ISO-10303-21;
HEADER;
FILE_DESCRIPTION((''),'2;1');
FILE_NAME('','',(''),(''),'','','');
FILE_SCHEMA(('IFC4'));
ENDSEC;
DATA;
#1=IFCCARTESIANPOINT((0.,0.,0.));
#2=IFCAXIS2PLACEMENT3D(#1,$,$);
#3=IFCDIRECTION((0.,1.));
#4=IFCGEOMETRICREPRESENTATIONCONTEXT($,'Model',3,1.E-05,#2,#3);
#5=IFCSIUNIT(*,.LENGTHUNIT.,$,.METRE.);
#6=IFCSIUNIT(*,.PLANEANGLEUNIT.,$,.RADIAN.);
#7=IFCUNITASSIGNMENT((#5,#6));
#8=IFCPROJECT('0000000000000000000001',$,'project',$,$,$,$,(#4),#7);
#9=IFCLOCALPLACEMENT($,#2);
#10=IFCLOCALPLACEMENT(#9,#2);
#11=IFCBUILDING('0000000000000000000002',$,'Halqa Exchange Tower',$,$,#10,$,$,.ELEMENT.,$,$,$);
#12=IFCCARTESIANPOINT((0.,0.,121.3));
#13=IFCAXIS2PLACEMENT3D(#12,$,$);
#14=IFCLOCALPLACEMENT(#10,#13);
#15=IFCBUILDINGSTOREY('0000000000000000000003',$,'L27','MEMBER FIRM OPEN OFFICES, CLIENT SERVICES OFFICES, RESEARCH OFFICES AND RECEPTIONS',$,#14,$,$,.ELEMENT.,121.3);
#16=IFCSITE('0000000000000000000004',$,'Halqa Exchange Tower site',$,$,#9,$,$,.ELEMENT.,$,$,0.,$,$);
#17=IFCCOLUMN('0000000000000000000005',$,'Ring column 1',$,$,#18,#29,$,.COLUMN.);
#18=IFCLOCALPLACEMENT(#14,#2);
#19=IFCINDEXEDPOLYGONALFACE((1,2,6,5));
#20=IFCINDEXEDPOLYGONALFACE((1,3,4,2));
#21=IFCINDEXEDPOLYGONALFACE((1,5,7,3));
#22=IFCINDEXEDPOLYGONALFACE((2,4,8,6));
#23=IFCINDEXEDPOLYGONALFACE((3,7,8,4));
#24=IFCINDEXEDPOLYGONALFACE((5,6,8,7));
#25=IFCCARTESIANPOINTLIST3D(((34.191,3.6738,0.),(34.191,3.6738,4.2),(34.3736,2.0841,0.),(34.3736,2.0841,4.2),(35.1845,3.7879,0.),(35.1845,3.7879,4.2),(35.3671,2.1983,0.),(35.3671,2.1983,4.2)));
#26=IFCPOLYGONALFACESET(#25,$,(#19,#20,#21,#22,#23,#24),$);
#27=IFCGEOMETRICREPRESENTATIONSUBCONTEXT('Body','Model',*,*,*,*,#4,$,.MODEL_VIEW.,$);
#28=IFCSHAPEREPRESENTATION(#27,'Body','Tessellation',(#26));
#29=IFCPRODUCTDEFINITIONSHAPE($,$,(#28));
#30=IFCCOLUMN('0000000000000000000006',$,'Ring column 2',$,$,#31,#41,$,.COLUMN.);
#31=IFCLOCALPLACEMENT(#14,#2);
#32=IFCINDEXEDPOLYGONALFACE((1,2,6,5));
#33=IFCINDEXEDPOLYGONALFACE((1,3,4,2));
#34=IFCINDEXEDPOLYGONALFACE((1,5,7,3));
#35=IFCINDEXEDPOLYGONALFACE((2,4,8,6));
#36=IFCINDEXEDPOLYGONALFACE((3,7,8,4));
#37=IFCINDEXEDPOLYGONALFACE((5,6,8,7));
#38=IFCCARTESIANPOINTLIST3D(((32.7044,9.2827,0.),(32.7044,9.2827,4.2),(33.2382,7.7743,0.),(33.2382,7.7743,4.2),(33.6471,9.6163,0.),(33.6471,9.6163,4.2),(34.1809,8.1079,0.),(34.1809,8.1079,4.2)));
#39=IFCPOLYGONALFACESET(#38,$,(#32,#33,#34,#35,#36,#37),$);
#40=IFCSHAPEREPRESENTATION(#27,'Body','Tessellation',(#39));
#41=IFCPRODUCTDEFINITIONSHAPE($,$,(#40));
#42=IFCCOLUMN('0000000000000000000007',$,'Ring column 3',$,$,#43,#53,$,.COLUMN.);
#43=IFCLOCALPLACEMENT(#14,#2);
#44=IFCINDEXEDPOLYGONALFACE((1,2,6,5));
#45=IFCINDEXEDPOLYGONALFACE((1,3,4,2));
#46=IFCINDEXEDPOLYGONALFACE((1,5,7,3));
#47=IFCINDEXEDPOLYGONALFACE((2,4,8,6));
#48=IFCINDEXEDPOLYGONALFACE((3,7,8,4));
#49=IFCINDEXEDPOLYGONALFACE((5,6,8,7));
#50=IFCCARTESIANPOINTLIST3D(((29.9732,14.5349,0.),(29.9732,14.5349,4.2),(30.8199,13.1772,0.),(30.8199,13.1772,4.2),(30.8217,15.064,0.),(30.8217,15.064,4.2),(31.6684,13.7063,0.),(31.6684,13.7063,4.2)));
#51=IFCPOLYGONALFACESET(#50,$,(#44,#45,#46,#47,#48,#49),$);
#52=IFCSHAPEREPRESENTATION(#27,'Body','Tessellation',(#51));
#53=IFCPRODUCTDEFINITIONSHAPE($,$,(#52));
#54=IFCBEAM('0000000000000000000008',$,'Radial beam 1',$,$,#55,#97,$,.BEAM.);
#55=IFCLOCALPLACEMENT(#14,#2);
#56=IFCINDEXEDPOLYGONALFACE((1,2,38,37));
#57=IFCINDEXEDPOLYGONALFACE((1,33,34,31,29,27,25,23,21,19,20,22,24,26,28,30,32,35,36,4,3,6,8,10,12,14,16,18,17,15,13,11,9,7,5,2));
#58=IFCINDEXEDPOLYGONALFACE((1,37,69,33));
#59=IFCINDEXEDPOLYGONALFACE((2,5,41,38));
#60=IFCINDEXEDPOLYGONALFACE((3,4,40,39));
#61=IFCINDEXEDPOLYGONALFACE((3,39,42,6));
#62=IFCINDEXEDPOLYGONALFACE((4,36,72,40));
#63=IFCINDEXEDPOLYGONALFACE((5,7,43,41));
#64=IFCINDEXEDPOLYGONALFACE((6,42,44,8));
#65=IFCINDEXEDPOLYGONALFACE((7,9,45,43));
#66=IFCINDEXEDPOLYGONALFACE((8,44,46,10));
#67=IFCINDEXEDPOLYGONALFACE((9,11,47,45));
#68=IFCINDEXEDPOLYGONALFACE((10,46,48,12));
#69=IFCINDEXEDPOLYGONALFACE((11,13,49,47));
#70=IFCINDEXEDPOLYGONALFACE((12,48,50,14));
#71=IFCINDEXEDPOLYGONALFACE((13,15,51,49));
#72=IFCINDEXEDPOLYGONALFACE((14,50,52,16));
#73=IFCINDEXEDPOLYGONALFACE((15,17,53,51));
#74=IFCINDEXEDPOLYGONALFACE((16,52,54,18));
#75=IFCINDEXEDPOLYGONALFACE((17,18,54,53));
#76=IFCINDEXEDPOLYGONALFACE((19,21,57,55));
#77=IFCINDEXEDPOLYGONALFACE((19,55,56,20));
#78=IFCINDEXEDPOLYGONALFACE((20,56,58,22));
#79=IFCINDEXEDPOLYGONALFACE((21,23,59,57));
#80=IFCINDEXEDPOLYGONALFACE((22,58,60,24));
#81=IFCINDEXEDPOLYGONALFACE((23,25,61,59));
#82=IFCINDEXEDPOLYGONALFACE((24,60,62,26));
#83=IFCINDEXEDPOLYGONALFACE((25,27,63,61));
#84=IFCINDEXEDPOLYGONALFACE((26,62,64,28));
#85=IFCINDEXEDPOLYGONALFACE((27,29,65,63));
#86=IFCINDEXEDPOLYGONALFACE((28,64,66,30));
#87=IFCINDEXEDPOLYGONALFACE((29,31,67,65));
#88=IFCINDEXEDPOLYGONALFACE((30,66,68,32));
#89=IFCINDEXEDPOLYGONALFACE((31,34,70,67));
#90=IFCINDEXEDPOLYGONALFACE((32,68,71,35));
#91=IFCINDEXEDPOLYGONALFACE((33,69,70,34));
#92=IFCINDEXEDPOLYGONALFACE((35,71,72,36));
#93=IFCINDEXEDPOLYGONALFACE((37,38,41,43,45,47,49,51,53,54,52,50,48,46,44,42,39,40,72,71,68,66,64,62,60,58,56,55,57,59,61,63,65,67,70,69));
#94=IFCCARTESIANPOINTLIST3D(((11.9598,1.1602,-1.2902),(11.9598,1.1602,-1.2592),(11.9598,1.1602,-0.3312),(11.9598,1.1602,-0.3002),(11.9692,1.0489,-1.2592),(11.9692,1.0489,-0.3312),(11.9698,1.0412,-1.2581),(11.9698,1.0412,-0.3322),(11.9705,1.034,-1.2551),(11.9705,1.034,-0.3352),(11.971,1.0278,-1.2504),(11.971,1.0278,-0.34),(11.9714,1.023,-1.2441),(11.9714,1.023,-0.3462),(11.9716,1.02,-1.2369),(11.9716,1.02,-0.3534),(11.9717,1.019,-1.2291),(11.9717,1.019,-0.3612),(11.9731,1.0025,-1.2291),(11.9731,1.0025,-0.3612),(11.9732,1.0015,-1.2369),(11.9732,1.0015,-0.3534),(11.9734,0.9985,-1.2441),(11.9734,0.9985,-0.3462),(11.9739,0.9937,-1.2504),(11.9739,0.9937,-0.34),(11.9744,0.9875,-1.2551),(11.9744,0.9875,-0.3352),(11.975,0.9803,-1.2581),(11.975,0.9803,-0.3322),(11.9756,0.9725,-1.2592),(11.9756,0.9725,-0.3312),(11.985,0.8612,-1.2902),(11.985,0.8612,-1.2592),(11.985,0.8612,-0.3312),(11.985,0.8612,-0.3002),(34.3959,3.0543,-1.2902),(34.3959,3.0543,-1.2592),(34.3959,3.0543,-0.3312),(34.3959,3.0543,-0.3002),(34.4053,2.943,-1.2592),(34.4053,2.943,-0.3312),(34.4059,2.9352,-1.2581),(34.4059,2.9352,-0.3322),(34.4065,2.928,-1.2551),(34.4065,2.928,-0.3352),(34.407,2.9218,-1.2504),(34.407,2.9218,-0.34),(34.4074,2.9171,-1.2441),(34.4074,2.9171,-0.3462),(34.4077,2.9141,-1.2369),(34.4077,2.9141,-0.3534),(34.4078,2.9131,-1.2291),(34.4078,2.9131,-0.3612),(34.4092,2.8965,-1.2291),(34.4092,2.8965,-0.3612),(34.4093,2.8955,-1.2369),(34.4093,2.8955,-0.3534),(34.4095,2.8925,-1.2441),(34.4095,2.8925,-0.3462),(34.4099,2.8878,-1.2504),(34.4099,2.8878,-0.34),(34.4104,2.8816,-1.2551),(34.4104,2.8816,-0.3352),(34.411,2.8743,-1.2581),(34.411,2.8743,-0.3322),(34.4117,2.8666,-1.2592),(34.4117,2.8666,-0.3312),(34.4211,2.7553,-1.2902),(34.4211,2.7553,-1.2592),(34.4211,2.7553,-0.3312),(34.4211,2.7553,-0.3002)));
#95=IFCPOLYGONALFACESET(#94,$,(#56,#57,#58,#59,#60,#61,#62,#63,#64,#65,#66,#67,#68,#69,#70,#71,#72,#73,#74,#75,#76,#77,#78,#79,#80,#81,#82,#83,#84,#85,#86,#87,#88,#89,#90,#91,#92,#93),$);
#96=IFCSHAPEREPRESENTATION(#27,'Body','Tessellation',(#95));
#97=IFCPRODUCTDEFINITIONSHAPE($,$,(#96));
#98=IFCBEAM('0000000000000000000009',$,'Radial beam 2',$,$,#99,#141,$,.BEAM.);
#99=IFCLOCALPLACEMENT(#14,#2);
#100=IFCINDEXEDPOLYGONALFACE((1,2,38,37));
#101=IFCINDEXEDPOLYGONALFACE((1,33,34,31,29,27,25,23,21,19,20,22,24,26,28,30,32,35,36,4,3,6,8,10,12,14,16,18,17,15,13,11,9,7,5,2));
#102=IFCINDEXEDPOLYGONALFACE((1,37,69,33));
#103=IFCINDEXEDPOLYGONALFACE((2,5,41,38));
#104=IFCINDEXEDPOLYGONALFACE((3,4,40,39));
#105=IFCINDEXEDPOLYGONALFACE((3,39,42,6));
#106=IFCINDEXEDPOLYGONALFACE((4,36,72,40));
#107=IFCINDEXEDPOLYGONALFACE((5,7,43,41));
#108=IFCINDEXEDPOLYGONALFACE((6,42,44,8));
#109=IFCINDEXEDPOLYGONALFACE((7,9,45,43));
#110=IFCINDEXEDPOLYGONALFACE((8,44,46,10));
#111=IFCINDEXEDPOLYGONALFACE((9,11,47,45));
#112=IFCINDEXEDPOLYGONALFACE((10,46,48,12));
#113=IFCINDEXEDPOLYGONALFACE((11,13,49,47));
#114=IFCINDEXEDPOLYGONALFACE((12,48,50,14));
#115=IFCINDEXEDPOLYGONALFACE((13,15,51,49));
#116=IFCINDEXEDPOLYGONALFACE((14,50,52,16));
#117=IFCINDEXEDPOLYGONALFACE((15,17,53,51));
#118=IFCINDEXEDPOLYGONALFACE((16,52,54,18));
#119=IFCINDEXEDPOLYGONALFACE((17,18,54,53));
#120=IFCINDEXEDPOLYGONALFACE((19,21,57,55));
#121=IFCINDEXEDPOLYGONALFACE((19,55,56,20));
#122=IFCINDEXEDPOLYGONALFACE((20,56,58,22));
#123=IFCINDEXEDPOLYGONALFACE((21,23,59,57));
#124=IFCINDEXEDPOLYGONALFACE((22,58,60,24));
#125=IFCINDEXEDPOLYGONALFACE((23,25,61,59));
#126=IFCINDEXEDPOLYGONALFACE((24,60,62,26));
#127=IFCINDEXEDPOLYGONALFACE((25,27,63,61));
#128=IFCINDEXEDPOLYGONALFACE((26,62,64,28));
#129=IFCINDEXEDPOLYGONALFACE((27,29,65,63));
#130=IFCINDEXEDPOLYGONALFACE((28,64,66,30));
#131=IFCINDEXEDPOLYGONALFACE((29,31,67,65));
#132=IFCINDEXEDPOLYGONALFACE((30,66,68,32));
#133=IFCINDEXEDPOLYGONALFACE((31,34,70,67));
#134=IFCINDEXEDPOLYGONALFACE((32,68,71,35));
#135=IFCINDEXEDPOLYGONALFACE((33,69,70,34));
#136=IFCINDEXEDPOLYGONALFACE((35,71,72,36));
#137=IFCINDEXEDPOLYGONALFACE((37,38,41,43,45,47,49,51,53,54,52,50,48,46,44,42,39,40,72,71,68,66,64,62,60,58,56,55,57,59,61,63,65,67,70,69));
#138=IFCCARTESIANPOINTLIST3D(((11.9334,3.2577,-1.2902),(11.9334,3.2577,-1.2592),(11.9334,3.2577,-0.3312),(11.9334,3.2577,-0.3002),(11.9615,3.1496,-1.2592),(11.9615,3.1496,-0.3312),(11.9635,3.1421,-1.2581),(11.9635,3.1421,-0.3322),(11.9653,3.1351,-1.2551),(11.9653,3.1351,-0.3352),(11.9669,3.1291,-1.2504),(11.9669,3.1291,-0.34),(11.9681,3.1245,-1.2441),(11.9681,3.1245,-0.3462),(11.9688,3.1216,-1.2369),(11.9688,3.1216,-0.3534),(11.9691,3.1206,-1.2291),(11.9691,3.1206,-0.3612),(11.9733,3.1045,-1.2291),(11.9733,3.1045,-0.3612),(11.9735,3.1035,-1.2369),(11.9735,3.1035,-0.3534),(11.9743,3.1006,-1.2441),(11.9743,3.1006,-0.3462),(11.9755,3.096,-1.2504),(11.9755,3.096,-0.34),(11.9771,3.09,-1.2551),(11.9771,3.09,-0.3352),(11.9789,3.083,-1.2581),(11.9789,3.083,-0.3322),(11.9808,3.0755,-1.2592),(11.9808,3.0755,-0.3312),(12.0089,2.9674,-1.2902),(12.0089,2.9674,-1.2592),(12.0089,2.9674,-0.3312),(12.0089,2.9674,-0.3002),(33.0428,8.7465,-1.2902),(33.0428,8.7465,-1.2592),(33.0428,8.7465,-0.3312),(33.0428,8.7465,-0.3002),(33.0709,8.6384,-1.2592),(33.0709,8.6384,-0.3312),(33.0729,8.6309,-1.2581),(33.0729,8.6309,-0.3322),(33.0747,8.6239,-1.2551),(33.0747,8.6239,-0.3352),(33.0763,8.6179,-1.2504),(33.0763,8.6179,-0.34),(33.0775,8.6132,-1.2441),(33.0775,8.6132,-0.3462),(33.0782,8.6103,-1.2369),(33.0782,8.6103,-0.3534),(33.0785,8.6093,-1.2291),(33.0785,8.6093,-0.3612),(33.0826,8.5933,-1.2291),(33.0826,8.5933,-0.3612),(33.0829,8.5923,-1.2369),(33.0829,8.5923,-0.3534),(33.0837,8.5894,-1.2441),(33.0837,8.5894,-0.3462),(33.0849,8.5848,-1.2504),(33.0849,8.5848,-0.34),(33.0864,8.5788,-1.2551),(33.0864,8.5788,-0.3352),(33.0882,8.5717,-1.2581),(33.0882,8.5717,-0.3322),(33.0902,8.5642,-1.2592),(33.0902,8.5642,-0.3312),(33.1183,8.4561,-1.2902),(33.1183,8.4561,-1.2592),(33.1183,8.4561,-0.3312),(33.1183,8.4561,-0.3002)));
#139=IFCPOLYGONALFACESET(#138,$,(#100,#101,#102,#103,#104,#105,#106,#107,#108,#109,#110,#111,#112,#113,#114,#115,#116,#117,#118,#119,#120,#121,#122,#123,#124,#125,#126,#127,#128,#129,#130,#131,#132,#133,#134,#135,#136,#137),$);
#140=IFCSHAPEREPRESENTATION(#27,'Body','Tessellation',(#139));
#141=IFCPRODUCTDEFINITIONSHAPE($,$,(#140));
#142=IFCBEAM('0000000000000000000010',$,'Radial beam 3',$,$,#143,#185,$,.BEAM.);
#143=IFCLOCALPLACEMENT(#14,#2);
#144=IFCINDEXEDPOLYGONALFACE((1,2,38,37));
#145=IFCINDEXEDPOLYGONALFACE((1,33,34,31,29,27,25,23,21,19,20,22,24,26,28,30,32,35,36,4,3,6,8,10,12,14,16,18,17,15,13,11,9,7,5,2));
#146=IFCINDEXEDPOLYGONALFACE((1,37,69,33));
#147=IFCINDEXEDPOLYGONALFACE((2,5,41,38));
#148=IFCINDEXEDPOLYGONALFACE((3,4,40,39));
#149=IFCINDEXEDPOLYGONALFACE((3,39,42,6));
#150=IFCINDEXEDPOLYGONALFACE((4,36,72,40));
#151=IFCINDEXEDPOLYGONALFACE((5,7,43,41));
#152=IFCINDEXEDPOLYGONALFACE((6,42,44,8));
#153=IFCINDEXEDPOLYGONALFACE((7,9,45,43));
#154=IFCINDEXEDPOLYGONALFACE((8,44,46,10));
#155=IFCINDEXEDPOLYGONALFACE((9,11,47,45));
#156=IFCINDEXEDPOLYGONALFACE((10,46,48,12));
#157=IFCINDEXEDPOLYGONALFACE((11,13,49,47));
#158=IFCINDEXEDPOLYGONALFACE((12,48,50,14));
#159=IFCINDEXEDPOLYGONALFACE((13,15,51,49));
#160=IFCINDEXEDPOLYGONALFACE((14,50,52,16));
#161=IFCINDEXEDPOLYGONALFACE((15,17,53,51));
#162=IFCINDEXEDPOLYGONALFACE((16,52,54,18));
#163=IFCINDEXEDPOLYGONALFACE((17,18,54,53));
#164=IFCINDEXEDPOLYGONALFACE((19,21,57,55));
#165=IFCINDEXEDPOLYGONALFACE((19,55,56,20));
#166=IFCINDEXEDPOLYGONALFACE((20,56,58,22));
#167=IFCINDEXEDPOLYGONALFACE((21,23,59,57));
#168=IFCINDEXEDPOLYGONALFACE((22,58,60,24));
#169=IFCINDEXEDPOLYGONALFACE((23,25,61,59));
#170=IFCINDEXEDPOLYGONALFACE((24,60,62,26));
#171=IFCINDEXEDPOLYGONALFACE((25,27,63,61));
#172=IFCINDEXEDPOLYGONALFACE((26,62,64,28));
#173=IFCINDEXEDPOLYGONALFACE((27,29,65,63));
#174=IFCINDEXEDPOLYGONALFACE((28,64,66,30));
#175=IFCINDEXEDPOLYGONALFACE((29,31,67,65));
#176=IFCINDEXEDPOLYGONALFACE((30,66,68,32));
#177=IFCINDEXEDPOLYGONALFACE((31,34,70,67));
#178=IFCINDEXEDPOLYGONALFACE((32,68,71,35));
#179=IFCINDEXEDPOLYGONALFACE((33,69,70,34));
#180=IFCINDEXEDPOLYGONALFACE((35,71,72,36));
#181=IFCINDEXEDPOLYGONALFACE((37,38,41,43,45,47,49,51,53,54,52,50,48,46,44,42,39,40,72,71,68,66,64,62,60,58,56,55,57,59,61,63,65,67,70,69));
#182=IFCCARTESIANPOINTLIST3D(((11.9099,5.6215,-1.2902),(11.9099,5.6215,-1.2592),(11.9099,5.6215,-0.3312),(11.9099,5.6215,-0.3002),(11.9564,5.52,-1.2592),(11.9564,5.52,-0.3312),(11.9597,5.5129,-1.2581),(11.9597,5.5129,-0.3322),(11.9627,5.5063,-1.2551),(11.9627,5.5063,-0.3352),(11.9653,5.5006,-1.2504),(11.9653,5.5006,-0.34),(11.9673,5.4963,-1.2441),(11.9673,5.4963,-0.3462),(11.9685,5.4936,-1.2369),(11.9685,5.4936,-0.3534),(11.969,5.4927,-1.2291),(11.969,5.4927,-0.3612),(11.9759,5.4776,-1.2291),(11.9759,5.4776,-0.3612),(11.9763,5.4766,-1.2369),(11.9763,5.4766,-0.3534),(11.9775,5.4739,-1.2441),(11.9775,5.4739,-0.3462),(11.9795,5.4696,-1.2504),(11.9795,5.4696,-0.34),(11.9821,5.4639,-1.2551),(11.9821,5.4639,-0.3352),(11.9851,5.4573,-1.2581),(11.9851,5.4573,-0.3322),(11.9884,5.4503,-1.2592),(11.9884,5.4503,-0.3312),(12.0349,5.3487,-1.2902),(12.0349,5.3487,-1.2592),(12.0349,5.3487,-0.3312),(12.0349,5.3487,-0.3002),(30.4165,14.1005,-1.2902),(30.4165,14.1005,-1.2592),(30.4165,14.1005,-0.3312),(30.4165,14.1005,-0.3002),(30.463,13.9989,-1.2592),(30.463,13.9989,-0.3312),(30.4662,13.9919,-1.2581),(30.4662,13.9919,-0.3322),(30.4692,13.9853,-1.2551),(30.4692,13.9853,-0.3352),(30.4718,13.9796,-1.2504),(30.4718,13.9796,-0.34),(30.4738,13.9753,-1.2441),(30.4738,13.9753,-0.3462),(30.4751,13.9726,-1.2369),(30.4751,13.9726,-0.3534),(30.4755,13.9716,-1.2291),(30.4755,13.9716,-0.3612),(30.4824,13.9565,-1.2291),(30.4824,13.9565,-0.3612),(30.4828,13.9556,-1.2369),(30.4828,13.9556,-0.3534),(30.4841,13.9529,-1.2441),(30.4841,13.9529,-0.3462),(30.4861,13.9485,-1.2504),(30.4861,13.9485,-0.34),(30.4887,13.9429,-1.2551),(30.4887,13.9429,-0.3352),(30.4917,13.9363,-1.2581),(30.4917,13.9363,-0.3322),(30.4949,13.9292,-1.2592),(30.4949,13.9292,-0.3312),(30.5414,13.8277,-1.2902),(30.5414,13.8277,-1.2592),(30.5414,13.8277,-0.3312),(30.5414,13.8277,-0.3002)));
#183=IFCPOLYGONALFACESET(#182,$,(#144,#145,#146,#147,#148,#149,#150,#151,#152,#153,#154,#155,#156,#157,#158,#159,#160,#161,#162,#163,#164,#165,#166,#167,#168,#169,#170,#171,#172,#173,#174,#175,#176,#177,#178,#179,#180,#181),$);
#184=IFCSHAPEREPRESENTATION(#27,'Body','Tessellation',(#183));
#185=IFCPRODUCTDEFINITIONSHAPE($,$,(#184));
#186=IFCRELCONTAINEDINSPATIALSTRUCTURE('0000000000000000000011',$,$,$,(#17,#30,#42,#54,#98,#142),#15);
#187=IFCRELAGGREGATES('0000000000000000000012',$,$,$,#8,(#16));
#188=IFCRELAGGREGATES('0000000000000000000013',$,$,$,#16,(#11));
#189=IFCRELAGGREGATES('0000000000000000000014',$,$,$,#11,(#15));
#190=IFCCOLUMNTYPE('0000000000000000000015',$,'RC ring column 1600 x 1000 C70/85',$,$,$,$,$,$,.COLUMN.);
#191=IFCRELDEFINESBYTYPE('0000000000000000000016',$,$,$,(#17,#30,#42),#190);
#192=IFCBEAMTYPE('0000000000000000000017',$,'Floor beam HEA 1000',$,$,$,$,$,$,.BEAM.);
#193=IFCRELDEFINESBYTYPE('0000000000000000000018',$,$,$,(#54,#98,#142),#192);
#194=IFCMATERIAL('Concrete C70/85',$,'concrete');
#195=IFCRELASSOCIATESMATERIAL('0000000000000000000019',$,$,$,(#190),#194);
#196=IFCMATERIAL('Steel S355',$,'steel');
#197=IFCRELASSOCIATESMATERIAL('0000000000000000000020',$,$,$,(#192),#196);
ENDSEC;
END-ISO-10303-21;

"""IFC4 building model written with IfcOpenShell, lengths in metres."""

from ifc_helpers import new_model, si_unit, direction, frame, origin, origin_2d, place, context, subcontext, project, spatial, rectangle, i_section, extrude, material, material_profile, profile_set, type_object, element, save


model = new_model("IFC4")

# Units and contexts
model_context = context("Model", 3, precision=1e-05, world=origin(), true_north=direction((0.0, 1.0)))
body_context = subcontext(model_context, "Body", "Model", "MODEL_VIEW")
ifc_project = project(units=[si_unit("LENGTHUNIT", "METRE"), si_unit("PLANEANGLEUNIT", "RADIAN")], contexts=[model_context])

# Site, building, storey
site_placement = place(None, origin())
site = spatial("IfcSite", under=ifc_project, at=site_placement, Name="Halqa Exchange Tower site", CompositionType="ELEMENT", RefElevation=0.0)
building_placement = place(site_placement, origin())
building = spatial("IfcBuilding", under=site, at=building_placement, Name="Halqa Exchange Tower", CompositionType="ELEMENT")
storey_placement = place(building_placement, frame((0.0, 0.0, 121.3)))
storey = spatial("IfcBuildingStorey", under=building, at=storey_placement, Name="L27", Description="MEMBER FIRM OPEN OFFICES, CLIENT SERVICES OFFICES, RESEARCH OFFICES AND RECEPTIONS", CompositionType="ELEMENT", Elevation=121.3)

# Columns
ifc_material_1 = material(Name="Concrete C70/85", Category="concrete")
ifc_material_profile_1 = material_profile(ifc_material_1, rectangle(XDim=1.6001, YDim=1.0, at=origin_2d()), Name="1600 x 1000")
ifc_profile_set_1 = profile_set([ifc_material_profile_1], Name="Concrete C70/85")
column_type = type_object("IfcColumnType", Name="RC ring column 1600 x 1000 C70/85", PredefinedType="COLUMN", material=ifc_profile_set_1)
for number, where, z_axis, x_axis, name in (
    (1, (34.7791, 2.936, 0.0), (0.0, 0.0, 1.0), (-0.114152, 0.993463, 0.0), "Ring column 1"),
    (2, (33.4426, 8.6953, 0.0), (0.0, 0.0, 1.0), (-0.333624, 0.942706, 0.0), "Ring column 2"),
    (3, (30.8208, 14.1206, 0.0), (0.0, 0.0, 1.0), (-0.529142, 0.848533, 0.0), "Ring column 3"),
):
    element("IfcColumn", number, at=place(storey_placement, frame(where, z_axis=z_axis, x_axis=x_axis)), inside=storey, type_object=column_type, Name=name, PredefinedType="COLUMN", context=body_context, shape_type="SweptSolid", body=[
        extrude(rectangle(XDim=1.6001, YDim=1.0, at=origin_2d()), origin(), (0.0, 0.0, 1.0), 4.2),
    ])

# Beams
ifc_material_2 = material(Name="Steel S355", Category="steel")
ifc_material_profile_2 = material_profile(ifc_material_2, i_section(OverallWidth=0.3, OverallDepth=0.99, WebThickness=0.0166, FlangeThickness=0.031, FilletRadius=0.03, at=origin_2d()), Name="HEA 1000")
ifc_profile_set_2 = profile_set([ifc_material_profile_2], Name="Steel S355")
beam_type_1 = type_object("IfcBeamType", Name="Floor beam HEA 1000", PredefinedType="BEAM", material=ifc_profile_set_2)
beam_1_placement = place(storey_placement, frame((11.9724, 1.0107, -0.7952), z_axis=(0.996456, 0.08412, 0.0), x_axis=(-0.08412, 0.996456, 0.0)))
element("IfcBeam", 4, at=beam_1_placement, inside=storey, type_object=beam_type_1, Name="Radial beam 1", PredefinedType="BEAM", context=body_context, shape_type="SweptSolid", body=[
    extrude(i_section(OverallWidth=0.3, OverallDepth=0.99, WebThickness=0.0166, FlangeThickness=0.031, FilletRadius=0.03, at=origin_2d()), origin(), (0.0, 0.0, 1.0), 22.5159),
])
beam_2_placement = place(storey_placement, frame((11.9712, 3.1125, -0.7952), z_axis=(0.967819, 0.251648, 0.0), x_axis=(-0.251648, 0.967819, 0.0)))
element("IfcBeam", 5, at=beam_2_placement, inside=storey, type_object=beam_type_1, Name="Radial beam 2", PredefinedType="BEAM", context=body_context, shape_type="SweptSolid", body=[
    extrude(i_section(OverallWidth=0.3, OverallDepth=0.99, WebThickness=0.0166, FlangeThickness=0.031, FilletRadius=0.03, at=origin_2d()), origin(), (0.0, 0.0, 1.0), 21.8113),
])
beam_3_placement = place(storey_placement, frame((11.9724, 5.4851, -0.7952), z_axis=(0.909124, 0.416525, 0.0), x_axis=(-0.416525, 0.909124, 0.0)))
element("IfcBeam", 6, at=beam_3_placement, inside=storey, type_object=beam_type_1, Name="Radial beam 3", PredefinedType="BEAM", context=body_context, shape_type="SweptSolid", body=[
    extrude(i_section(OverallWidth=0.3, OverallDepth=0.99, WebThickness=0.0166, FlangeThickness=0.031, FilletRadius=0.03, at=origin_2d()), origin(), (0.0, 0.0, 1.0), 20.3564),
])

save(model, "model.ifc")
